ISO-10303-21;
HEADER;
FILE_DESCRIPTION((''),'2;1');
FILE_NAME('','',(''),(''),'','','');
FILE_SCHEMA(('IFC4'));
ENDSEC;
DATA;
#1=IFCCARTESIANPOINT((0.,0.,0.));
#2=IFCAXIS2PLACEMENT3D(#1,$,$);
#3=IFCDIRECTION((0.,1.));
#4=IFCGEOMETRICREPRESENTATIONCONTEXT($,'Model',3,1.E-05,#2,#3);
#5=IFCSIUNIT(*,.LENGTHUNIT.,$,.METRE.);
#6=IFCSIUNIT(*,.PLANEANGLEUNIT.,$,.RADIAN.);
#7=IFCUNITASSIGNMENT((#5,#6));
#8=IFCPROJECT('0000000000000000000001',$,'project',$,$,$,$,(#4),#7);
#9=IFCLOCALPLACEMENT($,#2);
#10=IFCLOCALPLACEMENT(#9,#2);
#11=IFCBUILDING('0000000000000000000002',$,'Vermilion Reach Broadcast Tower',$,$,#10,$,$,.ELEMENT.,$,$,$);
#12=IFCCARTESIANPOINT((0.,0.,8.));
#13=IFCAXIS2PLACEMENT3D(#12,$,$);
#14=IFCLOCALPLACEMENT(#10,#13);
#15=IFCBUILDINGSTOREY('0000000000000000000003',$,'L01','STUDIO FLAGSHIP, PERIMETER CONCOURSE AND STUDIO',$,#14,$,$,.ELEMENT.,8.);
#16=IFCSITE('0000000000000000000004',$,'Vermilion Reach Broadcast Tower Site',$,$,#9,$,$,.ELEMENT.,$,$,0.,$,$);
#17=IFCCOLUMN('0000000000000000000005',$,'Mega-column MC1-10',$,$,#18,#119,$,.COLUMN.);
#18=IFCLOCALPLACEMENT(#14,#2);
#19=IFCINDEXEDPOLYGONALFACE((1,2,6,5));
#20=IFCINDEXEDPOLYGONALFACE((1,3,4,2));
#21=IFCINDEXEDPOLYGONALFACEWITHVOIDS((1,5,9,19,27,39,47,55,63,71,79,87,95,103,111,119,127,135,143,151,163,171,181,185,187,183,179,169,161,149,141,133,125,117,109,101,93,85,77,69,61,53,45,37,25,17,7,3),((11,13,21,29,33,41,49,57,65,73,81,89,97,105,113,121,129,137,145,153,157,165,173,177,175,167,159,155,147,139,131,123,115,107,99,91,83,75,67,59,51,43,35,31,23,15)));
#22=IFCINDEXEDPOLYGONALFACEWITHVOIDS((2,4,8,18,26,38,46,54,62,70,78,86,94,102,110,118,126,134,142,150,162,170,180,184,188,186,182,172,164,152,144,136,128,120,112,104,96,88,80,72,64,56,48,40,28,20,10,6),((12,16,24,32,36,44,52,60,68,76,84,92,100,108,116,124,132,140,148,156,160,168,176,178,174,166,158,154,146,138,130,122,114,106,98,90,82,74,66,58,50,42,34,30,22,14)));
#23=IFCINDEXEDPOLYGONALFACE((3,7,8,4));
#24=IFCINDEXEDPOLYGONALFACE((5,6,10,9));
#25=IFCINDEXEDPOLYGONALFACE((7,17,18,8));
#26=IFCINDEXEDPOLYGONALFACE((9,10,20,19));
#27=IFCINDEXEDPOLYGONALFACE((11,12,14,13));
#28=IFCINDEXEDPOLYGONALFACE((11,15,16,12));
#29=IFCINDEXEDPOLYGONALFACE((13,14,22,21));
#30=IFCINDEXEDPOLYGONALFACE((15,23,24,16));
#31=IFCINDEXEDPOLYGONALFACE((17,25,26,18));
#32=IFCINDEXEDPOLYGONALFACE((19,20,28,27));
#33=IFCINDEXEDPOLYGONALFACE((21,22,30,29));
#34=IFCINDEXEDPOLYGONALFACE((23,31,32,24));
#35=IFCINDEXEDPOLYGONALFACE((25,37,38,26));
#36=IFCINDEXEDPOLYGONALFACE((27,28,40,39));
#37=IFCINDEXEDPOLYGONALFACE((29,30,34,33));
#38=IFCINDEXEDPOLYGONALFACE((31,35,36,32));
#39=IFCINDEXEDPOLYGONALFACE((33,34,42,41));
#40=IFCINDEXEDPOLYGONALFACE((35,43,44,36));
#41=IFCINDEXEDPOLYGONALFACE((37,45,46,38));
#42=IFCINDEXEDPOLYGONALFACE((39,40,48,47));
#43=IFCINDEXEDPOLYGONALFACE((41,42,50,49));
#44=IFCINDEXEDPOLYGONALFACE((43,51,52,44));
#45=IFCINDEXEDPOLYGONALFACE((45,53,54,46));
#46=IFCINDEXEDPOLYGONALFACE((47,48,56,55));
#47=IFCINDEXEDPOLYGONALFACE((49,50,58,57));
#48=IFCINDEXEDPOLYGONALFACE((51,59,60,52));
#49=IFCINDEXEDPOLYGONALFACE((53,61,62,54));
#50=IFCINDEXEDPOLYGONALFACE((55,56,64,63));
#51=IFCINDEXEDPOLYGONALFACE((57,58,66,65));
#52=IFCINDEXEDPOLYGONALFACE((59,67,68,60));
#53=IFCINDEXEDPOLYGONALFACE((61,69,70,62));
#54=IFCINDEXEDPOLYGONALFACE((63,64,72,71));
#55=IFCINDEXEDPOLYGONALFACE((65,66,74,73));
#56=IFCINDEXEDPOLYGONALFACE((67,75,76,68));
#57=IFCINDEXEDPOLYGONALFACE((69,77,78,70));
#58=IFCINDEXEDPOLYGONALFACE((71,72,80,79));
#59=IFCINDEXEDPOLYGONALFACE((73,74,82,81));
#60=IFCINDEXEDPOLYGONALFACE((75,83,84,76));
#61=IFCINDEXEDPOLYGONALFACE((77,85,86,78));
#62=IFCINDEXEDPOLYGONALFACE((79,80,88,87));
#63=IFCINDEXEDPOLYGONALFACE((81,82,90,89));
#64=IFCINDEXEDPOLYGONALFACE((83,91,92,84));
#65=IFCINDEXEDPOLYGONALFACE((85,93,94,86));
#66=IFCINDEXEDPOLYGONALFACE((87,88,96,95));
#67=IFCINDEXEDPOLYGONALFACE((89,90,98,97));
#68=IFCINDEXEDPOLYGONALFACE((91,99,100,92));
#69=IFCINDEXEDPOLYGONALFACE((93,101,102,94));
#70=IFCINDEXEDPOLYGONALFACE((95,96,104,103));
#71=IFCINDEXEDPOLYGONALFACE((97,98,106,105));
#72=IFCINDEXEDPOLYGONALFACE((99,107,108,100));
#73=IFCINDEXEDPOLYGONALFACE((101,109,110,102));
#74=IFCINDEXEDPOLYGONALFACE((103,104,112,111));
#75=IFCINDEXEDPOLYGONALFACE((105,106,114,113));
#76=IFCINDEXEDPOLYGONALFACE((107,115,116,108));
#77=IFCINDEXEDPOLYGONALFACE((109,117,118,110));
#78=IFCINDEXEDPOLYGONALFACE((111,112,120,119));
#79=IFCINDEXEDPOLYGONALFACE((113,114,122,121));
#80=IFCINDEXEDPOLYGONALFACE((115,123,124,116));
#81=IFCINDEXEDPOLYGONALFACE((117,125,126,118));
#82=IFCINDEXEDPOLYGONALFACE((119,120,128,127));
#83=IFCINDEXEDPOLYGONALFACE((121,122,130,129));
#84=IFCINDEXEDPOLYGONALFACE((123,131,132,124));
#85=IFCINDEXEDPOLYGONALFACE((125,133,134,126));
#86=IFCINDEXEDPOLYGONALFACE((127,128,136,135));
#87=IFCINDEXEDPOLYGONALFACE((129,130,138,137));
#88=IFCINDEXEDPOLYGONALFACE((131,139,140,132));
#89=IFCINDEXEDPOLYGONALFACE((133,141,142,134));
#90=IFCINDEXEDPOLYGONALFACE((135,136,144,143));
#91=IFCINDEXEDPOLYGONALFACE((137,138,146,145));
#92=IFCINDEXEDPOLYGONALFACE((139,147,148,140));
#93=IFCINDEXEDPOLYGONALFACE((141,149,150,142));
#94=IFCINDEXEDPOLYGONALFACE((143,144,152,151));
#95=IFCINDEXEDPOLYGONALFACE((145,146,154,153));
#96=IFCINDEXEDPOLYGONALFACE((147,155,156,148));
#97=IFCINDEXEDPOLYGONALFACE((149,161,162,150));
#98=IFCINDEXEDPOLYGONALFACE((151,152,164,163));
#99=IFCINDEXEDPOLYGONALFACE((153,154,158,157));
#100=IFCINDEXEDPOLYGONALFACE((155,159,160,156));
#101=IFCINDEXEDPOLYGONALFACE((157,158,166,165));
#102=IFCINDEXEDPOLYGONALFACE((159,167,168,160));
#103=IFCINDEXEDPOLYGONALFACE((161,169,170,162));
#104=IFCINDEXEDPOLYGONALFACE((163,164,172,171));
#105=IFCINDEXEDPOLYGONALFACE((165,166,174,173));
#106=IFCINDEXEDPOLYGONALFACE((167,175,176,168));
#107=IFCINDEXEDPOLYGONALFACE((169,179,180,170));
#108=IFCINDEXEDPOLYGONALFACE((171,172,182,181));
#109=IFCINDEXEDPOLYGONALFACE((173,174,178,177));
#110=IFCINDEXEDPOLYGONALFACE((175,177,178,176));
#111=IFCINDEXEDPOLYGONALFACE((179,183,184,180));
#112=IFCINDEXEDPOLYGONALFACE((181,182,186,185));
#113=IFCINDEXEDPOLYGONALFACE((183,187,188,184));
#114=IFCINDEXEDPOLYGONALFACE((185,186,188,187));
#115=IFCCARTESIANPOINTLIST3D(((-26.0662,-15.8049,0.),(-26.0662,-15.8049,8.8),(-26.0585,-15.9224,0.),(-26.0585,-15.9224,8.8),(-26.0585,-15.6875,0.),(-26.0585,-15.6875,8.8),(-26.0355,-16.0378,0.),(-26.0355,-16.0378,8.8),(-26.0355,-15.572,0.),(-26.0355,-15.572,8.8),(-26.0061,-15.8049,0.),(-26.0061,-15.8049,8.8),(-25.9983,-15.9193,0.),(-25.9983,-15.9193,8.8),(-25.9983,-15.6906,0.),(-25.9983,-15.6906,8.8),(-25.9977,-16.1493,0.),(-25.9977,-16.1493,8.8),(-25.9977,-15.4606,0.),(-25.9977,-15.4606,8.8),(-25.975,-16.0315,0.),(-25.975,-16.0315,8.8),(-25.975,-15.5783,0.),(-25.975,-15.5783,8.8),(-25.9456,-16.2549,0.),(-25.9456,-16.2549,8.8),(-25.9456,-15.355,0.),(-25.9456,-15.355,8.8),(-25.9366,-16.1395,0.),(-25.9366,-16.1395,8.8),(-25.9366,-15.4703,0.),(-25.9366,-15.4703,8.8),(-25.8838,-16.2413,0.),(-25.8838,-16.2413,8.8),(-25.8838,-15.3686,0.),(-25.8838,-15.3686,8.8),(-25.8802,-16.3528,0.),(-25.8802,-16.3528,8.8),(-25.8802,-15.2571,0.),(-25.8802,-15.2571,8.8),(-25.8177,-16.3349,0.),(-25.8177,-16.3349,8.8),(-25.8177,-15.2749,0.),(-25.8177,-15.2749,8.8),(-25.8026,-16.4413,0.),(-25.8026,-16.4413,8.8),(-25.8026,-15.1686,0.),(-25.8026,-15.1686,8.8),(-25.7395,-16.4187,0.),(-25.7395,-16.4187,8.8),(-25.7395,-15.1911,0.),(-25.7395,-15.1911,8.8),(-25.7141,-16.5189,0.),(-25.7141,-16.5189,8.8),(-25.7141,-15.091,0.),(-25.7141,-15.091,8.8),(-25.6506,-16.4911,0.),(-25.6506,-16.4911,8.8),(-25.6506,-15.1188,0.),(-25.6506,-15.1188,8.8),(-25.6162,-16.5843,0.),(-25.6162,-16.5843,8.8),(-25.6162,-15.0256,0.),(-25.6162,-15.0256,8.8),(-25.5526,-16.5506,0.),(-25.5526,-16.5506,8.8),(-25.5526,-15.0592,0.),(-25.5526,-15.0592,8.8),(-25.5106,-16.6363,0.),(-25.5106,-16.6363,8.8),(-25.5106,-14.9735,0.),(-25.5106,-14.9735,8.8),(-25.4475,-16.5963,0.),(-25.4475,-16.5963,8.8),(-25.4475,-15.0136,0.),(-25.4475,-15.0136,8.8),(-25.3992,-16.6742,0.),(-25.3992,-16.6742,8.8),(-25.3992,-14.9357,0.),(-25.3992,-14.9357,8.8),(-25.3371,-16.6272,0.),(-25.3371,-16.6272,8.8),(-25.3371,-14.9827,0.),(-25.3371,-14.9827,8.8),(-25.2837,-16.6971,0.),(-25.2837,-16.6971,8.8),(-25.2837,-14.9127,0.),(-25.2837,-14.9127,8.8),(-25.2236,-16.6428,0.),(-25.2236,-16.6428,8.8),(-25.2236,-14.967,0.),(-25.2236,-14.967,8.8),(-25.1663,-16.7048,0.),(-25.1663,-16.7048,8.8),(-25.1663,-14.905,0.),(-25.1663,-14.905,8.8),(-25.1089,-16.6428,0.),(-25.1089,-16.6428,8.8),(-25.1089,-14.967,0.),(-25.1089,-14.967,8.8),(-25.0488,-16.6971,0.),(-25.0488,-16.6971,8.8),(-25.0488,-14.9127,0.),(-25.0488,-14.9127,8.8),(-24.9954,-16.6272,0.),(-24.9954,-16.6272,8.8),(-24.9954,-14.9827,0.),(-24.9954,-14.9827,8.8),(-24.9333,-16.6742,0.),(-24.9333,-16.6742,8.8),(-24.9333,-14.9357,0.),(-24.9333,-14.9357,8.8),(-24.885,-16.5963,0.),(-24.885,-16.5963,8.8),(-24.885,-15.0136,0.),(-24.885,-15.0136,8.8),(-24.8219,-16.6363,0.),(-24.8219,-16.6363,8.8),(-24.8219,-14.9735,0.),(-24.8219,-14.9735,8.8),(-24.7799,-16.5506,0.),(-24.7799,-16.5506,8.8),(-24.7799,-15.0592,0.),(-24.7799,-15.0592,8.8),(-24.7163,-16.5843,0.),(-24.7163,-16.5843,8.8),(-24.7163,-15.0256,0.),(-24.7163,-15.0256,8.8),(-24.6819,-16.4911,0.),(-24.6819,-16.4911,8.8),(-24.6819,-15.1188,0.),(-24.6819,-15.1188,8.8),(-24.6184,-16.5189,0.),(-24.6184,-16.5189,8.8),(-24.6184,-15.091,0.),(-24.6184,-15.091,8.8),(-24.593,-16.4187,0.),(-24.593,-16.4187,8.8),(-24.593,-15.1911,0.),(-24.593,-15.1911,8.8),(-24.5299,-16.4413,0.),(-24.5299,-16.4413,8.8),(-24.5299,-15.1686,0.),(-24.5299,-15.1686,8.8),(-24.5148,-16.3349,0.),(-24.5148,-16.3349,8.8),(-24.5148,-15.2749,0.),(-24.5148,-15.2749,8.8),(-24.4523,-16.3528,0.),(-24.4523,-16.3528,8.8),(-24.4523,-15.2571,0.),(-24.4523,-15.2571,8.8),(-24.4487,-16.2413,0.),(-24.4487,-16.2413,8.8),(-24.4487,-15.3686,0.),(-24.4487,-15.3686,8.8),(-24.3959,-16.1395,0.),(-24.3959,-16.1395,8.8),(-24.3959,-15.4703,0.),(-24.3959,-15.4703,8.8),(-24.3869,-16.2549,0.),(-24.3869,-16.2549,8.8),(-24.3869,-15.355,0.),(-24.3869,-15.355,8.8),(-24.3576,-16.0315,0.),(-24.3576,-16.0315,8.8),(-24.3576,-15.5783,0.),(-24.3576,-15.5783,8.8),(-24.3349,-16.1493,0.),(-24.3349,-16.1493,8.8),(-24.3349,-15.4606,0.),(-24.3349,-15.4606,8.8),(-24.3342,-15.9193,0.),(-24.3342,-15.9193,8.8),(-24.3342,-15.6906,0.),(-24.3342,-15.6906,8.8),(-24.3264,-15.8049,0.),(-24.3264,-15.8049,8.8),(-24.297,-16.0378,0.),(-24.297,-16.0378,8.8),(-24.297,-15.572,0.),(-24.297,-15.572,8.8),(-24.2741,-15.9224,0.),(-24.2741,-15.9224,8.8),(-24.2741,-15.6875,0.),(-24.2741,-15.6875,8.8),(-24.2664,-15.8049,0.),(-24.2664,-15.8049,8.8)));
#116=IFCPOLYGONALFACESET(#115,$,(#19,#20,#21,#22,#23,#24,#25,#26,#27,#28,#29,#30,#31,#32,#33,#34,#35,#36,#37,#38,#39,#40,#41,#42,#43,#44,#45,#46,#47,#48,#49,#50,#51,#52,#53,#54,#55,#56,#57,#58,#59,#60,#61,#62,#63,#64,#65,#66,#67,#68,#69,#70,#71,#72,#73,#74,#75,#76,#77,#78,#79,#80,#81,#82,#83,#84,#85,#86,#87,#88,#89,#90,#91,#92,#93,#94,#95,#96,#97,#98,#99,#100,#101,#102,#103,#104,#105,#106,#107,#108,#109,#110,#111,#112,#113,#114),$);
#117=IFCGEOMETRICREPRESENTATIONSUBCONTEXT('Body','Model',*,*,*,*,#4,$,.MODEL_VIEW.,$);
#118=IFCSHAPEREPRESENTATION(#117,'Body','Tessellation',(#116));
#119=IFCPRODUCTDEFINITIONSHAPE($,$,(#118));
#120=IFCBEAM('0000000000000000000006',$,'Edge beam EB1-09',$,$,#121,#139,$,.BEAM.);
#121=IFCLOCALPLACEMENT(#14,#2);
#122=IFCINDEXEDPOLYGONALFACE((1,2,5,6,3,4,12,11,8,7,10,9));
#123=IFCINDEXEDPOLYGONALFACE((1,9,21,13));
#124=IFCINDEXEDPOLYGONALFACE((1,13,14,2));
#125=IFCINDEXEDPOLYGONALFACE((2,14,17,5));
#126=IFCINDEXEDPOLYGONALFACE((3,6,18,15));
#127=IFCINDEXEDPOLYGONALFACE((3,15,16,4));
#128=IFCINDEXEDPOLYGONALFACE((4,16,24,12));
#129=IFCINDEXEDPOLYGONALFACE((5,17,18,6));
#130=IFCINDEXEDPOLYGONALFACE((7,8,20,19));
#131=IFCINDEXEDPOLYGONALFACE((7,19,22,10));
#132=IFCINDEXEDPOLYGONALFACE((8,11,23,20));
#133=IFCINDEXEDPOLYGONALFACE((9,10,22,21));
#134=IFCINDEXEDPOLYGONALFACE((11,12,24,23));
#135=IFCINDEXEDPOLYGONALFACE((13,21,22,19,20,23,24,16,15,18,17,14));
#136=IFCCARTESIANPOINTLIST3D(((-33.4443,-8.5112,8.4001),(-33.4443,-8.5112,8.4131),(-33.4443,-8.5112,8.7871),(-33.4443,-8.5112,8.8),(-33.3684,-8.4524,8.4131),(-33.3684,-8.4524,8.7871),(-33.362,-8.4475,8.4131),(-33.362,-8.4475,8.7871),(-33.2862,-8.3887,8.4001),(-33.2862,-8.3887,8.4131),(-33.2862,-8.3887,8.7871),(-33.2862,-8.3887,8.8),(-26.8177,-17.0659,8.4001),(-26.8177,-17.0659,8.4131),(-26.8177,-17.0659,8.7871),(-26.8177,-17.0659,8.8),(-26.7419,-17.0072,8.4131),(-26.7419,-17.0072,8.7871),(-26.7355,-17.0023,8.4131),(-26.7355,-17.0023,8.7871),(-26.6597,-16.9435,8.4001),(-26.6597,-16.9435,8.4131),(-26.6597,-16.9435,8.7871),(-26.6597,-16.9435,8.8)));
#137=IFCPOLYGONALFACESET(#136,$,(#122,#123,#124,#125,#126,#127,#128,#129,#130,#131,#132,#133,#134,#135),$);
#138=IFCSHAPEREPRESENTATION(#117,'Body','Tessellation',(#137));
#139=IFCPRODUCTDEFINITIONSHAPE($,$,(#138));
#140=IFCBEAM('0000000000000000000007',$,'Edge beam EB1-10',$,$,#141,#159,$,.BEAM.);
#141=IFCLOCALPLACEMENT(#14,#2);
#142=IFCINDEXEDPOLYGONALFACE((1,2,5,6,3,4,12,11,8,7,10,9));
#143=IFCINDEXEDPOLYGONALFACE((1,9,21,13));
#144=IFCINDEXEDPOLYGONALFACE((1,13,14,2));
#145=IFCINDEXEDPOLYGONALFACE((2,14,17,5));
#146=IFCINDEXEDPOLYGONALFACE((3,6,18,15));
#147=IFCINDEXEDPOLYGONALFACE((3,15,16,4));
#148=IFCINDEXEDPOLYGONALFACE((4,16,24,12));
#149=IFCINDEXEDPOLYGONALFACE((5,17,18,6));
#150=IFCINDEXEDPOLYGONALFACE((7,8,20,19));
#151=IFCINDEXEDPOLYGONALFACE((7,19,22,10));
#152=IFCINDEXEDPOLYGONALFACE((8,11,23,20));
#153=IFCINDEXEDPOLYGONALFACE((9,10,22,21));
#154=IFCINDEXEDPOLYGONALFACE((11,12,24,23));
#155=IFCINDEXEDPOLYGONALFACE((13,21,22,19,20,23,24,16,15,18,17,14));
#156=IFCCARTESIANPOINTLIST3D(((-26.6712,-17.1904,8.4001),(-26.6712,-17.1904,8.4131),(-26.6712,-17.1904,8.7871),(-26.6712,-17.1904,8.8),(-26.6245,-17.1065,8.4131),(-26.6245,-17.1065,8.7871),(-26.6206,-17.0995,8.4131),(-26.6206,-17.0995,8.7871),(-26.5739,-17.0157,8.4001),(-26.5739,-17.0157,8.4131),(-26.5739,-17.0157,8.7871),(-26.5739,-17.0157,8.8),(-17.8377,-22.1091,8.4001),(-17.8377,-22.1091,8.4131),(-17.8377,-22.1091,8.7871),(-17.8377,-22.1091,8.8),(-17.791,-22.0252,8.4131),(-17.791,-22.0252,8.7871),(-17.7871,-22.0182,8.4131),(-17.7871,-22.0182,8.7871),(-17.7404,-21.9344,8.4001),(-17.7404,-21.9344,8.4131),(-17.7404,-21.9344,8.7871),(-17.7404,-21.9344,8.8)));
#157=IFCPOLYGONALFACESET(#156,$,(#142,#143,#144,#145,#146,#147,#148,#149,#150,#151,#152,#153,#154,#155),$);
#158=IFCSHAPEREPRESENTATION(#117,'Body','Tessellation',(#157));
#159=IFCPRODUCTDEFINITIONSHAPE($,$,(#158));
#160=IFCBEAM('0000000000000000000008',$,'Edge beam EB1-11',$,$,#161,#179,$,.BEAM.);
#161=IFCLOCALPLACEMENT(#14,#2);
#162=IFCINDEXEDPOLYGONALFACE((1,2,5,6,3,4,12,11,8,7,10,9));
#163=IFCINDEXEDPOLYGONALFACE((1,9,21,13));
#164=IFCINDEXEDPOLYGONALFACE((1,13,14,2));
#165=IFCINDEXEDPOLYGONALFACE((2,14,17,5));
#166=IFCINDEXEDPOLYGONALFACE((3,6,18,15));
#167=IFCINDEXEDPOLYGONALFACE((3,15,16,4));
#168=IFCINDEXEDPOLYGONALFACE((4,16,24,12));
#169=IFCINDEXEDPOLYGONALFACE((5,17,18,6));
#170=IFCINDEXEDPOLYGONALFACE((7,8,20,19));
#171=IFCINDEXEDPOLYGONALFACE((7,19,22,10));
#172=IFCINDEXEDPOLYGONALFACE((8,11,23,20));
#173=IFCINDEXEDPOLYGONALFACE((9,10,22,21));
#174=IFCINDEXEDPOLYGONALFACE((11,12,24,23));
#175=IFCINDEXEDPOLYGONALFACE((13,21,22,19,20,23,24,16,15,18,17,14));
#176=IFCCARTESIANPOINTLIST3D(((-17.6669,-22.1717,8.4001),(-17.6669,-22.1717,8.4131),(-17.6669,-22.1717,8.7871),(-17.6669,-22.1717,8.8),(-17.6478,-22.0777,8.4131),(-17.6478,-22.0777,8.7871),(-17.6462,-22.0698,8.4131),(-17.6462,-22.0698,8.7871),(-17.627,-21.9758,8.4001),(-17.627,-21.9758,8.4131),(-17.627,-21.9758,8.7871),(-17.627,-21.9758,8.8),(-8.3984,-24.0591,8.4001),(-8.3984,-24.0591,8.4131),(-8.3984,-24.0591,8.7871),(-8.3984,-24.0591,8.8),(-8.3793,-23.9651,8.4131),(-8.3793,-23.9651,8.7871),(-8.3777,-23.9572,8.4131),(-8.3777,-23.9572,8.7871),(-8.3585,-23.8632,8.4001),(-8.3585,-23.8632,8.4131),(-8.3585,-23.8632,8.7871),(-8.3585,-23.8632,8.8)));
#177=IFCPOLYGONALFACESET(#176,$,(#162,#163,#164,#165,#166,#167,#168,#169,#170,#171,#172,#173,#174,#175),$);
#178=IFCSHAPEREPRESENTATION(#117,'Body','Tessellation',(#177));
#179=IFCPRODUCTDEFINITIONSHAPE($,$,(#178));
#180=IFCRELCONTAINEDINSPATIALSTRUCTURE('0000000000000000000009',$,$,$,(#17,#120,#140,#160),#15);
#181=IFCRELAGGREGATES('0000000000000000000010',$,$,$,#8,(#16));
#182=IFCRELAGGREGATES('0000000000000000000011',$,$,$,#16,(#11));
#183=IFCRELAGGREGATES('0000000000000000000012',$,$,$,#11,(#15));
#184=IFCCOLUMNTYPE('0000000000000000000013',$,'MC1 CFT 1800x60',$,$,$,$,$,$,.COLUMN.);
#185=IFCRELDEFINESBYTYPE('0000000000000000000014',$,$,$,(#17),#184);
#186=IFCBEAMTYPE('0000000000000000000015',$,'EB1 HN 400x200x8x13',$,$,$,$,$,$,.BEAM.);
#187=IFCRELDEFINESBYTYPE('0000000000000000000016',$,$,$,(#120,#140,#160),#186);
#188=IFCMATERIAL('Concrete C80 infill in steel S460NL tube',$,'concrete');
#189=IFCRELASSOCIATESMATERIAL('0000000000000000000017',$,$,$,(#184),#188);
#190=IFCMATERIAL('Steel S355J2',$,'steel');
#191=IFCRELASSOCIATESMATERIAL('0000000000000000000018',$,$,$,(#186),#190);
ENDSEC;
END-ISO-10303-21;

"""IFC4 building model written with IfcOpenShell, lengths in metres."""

from ifc_helpers import new_model, si_unit, direction, frame, origin, origin_2d, place, context, subcontext, project, spatial, hollow_circle, i_section, extrude, material, material_profile, profile_set, type_object, element, save


model = new_model("IFC4")

# Units and contexts
model_context = context("Model", 3, precision=1e-05, world=origin(), true_north=direction((0.0, 1.0)))
body_context = subcontext(model_context, "Body", "Model", "MODEL_VIEW")
ifc_project = project(units=[si_unit("LENGTHUNIT", "METRE"), si_unit("PLANEANGLEUNIT", "RADIAN")], contexts=[model_context])

# Site, building, storey
site_placement = place(None, origin())
site = spatial("IfcSite", under=ifc_project, at=site_placement, Name="Vermilion Reach Broadcast Tower Site", CompositionType="ELEMENT", RefElevation=0.0)
building_placement = place(site_placement, origin())
building = spatial("IfcBuilding", under=site, at=building_placement, Name="Vermilion Reach Broadcast Tower", CompositionType="ELEMENT")
storey_placement = place(building_placement, frame((0.0, 0.0, 8.0)))
storey = spatial("IfcBuildingStorey", under=building, at=storey_placement, Name="L01", Description="STUDIO FLAGSHIP, PERIMETER CONCOURSE AND STUDIO", CompositionType="ELEMENT", Elevation=8.0)

# Column
ifc_material_1 = material(Name="Concrete C80 infill in steel S460NL tube", Category="concrete")
ifc_material_profile_1 = material_profile(ifc_material_1, hollow_circle(Radius=0.8999, WallThickness=0.0601, at=origin_2d()), Name="Concrete C80 infill in steel S460NL tube CFT 1800x60")
ifc_profile_set_1 = profile_set([ifc_material_profile_1], Name="Concrete C80 infill in steel S460NL tube")
column_type = type_object("IfcColumnType", Name="MC1 CFT 1800x60", PredefinedType="COLUMN", material=ifc_profile_set_1)
for number, where, z_axis, x_axis, name in (
    (1, (-25.1663, -15.8049, 0.0), (0.0, 0.0, 1.0), (1.0, 0.0, 0.0), "Mega-column MC1-10"),
):
    element("IfcColumn", number, at=place(storey_placement, frame(where, z_axis=z_axis, x_axis=x_axis)), inside=storey, type_object=column_type, Name=name, PredefinedType="COLUMN", context=body_context, shape_type="SweptSolid", body=[
        extrude(hollow_circle(Radius=0.8999, WallThickness=0.0601, at=origin_2d()), origin(), (0.0, 0.0, 1.0), 8.8),
    ])

# Beams
ifc_material_2 = material(Name="Steel S355J2", Category="steel")
ifc_material_profile_2 = material_profile(ifc_material_2, i_section(OverallWidth=0.2, OverallDepth=0.3999, WebThickness=0.0081, FlangeThickness=0.0129, at=origin_2d()), Name="S355J2 HN 400x200x8x13")
ifc_profile_set_2 = profile_set([ifc_material_profile_2], Name="Steel S355J2")
beam_type_1 = type_object("IfcBeamType", Name="EB1 HN 400x200x8x13", PredefinedType="BEAM", material=ifc_profile_set_2)
beam_1_placement = place(storey_placement, frame((-33.3652, -8.45, 8.6001), z_axis=(0.612374, -0.790568, 0.0), x_axis=(0.790568, 0.612374, 0.0)))
element("IfcBeam", 2, at=beam_1_placement, inside=storey, type_object=beam_type_1, Name="Edge beam EB1-09", PredefinedType="BEAM", context=body_context, shape_type="SweptSolid", body=[
    extrude(i_section(OverallWidth=0.2, OverallDepth=0.3999, WebThickness=0.0081, FlangeThickness=0.0129, at=origin_2d()), origin(), (0.0, 0.0, 1.0), 10.821),
])
beam_2_placement = place(storey_placement, frame((-26.6226, -17.103, 8.6001), z_axis=(0.873686, -0.486489, 0.0), x_axis=(0.486489, 0.873686, 0.0)))
element("IfcBeam", 3, at=beam_2_placement, inside=storey, type_object=beam_type_1, Name="Edge beam EB1-10", PredefinedType="BEAM", context=body_context, shape_type="SweptSolid", body=[
    extrude(i_section(OverallWidth=0.2, OverallDepth=0.3999, WebThickness=0.0081, FlangeThickness=0.0129, at=origin_2d()), origin(), (0.0, 0.0, 1.0), 10.1106),
])
beam_3_placement = place(storey_placement, frame((-17.647, -22.0737, 8.6001), z_axis=(0.979889, -0.199545, 0.0), x_axis=(0.199545, 0.979889, 0.0)))
element("IfcBeam", 4, at=beam_3_placement, inside=storey, type_object=beam_type_1, Name="Edge beam EB1-11", PredefinedType="BEAM", context=body_context, shape_type="SweptSolid", body=[
    extrude(i_section(OverallWidth=0.2, OverallDepth=0.3999, WebThickness=0.0081, FlangeThickness=0.0129, at=origin_2d()), origin(), (0.0, 0.0, 1.0), 9.4587),
])

save(model, "model.ifc")
